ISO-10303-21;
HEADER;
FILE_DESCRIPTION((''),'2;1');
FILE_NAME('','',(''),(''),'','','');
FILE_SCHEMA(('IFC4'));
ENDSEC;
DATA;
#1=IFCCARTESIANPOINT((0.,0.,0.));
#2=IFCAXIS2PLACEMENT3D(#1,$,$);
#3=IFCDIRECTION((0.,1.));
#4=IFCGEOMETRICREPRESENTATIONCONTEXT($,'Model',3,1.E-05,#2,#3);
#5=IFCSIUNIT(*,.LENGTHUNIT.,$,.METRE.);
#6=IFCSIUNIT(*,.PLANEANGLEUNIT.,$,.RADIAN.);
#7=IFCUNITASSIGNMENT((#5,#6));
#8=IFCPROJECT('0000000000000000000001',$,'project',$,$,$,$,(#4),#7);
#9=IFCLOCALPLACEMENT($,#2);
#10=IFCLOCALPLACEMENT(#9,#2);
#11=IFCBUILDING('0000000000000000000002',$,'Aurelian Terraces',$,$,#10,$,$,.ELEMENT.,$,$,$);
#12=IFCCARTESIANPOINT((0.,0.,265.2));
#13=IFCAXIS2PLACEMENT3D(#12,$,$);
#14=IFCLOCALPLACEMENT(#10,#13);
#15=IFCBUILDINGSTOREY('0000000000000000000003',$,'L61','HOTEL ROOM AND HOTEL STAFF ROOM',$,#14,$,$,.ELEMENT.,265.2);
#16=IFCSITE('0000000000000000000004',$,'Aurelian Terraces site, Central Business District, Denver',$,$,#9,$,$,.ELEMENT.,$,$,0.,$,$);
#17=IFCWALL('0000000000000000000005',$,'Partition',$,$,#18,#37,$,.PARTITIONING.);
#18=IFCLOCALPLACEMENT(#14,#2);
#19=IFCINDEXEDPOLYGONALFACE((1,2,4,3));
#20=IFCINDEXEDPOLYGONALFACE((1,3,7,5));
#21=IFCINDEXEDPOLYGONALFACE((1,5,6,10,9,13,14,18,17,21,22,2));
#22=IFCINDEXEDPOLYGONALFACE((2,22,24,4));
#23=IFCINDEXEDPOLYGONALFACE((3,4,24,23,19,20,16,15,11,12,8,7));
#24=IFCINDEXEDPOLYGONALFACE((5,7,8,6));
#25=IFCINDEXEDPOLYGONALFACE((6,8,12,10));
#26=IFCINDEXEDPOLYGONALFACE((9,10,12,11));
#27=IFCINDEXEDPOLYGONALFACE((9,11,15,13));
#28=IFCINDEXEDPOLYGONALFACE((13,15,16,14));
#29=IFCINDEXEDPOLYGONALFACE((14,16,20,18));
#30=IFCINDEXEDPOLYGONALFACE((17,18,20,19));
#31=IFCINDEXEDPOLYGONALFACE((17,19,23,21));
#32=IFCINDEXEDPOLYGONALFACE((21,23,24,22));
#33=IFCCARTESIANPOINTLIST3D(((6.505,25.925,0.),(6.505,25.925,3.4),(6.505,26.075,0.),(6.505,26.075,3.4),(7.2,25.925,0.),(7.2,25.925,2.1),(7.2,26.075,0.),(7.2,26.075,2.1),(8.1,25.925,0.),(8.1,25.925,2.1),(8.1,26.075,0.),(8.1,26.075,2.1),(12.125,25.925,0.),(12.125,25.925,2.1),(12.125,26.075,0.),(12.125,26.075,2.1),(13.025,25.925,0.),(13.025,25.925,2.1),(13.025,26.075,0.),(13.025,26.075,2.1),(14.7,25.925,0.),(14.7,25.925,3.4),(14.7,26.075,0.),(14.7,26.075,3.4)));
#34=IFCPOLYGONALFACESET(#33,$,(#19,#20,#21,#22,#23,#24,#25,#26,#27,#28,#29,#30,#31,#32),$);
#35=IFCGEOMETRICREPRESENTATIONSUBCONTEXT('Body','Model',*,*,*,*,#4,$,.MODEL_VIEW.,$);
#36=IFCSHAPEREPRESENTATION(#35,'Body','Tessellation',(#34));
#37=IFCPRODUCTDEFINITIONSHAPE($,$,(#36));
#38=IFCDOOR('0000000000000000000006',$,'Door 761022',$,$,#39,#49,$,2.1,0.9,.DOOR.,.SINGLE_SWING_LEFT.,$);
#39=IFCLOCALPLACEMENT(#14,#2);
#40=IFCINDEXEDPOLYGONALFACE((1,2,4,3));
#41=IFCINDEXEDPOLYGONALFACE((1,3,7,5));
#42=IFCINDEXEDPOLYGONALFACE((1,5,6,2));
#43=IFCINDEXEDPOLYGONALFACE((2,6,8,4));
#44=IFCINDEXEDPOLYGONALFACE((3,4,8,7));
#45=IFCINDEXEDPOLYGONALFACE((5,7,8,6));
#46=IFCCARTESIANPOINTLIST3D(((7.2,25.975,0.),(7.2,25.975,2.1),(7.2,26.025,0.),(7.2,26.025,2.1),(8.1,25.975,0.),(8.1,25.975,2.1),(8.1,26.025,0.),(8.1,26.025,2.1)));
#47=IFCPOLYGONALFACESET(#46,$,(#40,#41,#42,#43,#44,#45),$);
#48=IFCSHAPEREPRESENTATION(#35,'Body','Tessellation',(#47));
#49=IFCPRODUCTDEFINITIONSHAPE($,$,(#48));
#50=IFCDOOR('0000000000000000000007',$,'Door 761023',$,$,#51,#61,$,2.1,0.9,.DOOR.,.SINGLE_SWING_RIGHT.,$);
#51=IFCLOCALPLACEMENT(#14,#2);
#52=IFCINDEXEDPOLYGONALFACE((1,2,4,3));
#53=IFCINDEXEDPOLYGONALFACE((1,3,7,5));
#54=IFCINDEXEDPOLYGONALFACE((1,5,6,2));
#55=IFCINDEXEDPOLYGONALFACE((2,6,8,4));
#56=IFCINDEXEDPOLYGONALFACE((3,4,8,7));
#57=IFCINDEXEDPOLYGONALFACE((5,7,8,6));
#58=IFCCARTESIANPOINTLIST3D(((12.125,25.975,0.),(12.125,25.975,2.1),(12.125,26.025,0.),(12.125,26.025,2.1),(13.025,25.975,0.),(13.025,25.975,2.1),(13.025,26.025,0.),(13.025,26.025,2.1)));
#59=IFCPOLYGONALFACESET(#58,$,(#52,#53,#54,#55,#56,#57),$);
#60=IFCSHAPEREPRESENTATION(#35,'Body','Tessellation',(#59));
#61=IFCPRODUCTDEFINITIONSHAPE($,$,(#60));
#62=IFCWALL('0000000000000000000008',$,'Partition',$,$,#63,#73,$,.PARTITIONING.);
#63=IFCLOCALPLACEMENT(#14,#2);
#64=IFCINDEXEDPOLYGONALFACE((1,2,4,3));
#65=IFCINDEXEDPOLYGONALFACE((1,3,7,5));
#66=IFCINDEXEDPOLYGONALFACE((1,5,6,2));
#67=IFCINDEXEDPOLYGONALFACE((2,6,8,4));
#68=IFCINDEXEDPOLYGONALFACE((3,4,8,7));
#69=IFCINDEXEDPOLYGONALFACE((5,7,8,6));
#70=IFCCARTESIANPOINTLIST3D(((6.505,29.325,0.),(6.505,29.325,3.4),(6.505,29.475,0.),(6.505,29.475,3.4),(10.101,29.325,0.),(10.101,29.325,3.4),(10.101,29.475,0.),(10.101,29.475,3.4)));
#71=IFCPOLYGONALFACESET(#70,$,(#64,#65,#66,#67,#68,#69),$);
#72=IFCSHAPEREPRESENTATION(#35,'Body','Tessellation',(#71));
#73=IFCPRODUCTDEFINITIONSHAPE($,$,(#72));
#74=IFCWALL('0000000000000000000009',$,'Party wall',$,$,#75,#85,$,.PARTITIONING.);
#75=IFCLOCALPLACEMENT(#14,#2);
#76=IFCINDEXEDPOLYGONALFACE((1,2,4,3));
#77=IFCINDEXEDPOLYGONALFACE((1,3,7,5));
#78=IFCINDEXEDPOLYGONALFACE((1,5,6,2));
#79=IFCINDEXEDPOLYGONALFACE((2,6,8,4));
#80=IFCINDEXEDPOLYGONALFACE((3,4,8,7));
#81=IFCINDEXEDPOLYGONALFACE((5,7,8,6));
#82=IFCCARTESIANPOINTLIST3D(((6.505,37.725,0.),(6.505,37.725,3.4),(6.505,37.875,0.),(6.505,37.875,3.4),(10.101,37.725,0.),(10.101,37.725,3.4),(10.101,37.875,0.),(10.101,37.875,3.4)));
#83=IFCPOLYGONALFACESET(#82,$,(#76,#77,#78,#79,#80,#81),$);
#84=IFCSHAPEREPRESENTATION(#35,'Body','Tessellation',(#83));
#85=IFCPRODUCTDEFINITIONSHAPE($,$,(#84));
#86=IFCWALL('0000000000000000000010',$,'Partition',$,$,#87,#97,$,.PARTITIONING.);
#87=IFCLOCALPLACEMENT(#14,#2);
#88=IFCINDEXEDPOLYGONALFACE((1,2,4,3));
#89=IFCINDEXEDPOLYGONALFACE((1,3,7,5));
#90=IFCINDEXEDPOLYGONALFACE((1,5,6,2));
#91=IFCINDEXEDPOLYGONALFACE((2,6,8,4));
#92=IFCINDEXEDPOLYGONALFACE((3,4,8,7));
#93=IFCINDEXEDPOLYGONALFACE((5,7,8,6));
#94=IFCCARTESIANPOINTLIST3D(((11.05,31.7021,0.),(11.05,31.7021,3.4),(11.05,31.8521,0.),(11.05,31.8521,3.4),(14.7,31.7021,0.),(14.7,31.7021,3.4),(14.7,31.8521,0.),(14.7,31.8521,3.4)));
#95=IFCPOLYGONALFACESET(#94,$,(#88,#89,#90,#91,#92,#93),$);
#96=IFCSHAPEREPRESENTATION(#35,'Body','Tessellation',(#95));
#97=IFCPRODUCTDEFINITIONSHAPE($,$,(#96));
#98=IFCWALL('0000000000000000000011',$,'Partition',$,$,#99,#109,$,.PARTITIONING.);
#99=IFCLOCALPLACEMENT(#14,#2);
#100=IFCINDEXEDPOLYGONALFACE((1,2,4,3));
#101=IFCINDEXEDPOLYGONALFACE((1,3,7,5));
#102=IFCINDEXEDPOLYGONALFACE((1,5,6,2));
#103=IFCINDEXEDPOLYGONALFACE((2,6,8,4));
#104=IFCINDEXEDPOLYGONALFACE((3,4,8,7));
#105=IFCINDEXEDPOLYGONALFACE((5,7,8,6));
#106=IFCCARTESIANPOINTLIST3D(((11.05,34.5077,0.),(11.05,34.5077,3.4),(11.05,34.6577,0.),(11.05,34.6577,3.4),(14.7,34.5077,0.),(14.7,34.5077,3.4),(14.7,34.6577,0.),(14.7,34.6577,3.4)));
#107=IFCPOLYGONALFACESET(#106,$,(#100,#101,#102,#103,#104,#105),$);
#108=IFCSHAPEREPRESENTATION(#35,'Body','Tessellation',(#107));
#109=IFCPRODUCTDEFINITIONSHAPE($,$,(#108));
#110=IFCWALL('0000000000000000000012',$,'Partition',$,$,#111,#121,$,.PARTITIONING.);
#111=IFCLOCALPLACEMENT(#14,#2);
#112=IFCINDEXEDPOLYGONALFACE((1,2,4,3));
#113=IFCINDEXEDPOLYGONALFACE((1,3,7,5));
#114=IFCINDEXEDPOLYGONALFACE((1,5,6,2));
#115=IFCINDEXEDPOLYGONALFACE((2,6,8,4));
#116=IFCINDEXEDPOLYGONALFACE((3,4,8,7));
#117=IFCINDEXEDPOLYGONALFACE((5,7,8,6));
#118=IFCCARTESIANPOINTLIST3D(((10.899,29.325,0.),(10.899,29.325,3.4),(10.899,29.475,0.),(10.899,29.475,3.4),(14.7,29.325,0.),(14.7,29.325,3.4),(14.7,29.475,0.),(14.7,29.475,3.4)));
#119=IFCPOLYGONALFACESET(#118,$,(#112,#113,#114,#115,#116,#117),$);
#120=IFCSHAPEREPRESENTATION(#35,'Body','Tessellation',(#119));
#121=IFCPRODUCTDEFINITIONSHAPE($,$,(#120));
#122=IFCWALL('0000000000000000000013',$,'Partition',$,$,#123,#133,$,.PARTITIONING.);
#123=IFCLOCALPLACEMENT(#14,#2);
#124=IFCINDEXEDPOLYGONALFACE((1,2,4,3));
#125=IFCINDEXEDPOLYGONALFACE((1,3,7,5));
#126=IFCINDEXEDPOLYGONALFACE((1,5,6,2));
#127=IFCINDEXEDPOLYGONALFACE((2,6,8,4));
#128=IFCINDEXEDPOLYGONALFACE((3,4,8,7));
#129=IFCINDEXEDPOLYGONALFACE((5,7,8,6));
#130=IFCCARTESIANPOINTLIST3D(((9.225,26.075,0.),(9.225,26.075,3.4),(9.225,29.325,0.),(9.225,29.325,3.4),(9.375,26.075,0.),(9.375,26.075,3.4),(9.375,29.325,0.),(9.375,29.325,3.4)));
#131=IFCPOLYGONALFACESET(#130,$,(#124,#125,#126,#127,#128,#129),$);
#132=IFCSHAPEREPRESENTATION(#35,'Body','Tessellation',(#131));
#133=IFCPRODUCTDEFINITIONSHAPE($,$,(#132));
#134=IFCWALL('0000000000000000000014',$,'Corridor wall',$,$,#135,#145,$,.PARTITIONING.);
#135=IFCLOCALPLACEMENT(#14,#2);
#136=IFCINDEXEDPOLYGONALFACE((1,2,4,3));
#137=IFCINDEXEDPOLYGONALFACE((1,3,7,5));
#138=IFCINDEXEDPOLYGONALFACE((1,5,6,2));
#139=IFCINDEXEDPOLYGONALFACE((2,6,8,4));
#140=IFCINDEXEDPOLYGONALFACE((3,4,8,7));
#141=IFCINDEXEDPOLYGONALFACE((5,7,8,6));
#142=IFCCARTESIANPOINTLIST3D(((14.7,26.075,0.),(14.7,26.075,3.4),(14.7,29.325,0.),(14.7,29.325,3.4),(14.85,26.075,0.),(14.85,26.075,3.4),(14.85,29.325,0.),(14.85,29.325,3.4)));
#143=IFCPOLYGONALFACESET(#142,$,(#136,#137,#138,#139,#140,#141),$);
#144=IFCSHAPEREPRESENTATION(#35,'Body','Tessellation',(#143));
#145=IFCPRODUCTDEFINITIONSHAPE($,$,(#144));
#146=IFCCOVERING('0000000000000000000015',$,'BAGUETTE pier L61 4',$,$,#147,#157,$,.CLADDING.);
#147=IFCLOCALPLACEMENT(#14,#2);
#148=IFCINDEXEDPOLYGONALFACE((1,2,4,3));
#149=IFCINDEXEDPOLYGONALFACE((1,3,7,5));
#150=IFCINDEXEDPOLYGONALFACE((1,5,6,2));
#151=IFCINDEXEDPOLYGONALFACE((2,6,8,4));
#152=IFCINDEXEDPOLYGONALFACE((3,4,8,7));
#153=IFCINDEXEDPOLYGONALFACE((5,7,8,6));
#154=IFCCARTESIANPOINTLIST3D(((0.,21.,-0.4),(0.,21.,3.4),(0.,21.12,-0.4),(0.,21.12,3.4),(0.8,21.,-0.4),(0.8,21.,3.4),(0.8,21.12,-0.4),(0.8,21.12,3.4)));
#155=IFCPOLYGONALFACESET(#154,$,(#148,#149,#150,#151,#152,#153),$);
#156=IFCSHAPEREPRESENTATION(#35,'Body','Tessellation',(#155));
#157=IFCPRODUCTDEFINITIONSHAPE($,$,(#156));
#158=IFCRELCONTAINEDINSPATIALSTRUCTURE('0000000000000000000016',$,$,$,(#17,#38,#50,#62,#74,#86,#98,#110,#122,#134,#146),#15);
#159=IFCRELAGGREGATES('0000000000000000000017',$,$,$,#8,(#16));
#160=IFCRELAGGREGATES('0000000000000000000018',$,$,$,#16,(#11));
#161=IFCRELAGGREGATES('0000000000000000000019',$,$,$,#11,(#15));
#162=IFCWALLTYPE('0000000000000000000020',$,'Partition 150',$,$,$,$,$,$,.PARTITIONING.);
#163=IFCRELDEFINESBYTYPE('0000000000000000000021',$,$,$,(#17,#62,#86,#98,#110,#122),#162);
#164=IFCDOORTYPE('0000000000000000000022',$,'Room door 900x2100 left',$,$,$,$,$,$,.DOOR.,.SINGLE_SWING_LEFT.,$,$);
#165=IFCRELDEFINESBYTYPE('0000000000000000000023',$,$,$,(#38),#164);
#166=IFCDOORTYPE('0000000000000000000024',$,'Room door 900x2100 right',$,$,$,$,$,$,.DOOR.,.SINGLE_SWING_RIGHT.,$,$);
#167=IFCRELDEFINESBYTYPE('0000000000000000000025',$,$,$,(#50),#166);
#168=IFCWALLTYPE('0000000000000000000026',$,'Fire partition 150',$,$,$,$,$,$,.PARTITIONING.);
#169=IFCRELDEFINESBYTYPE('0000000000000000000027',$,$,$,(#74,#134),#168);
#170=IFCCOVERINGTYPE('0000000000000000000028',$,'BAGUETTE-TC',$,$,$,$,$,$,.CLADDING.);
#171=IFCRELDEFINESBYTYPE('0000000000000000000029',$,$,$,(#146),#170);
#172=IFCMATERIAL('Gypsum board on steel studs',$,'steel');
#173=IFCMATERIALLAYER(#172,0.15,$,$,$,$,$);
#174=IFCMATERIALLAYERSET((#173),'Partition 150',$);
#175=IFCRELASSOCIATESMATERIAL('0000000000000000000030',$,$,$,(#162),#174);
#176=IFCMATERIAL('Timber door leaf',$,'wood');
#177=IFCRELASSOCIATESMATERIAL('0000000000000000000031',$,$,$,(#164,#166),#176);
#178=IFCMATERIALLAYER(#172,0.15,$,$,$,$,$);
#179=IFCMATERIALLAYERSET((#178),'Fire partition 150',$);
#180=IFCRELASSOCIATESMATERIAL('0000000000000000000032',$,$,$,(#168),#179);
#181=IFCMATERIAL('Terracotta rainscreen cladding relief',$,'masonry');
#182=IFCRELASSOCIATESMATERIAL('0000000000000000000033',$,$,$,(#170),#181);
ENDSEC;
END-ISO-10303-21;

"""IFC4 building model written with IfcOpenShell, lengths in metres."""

from ifc_helpers import new_model, si_unit, direction, frame, frame_2d, origin, origin_2d, place, context, subcontext, project, spatial, rectangle, extrude, source, transform, mapped, material, layer, layer_set, type_object, element, fill, save


model = new_model("IFC4")

# Units and contexts
model_context = context("Model", 3, precision=1e-05, world=origin(), true_north=direction((0.0, 1.0)))
body_context = subcontext(model_context, "Body", "Model", "MODEL_VIEW")
ifc_project = project(units=[si_unit("LENGTHUNIT", "METRE"), si_unit("PLANEANGLEUNIT", "RADIAN")], contexts=[model_context])

# Site, building, storey
site_placement = place(None, origin())
site = spatial("IfcSite", under=ifc_project, at=site_placement, Name="Aurelian Terraces site, Central Business District, Denver", CompositionType="ELEMENT", RefElevation=0.0)
building_placement = place(site_placement, origin())
building = spatial("IfcBuilding", under=site, at=building_placement, Name="Aurelian Terraces", CompositionType="ELEMENT")
storey_placement = place(building_placement, frame((0.0, 0.0, 265.2)))
storey = spatial("IfcBuildingStorey", under=building, at=storey_placement, Name="L61", Description="HOTEL ROOM AND HOTEL STAFF ROOM", CompositionType="ELEMENT", Elevation=265.2)

# Shared definitions
ifc_material_1 = material(Name="Gypsum board on steel studs", Category="steel")
ifc_layer_1 = layer(ifc_material_1, 0.15)
ifc_layer_set_1 = layer_set([ifc_layer_1], Name="Partition 150")
wall_type_1 = type_object("IfcWallType", Name="Partition 150", PredefinedType="PARTITIONING", material=ifc_layer_set_1)
shared_shape_1 = source(origin(), body_context, "Body", "SweptSolid", [
    extrude(rectangle(XDim=0.9, YDim=2.1, at=frame_2d((0.45, 1.05))), frame((0.0, 0.085, 0.0), z_axis=(0.0, -1.0, 0.0), x_axis=(1.0, 0.0, 0.0)), (0.0, 0.0, 1.0), 0.17),
])
ifc_material_2 = material(Name="Timber door leaf", Category="wood")
door_type_1 = type_object("IfcDoorType", Name="Room door 900x2100 left", OperationType="SINGLE_SWING_LEFT", PredefinedType="DOOR", material=ifc_material_2)
shared_shape_2 = source(origin(), body_context, "Body", "SweptSolid", [
    extrude(rectangle(XDim=0.9, YDim=2.1, at=frame_2d((0.45, 1.05))), frame((0.0, 0.025, 0.0), z_axis=(0.0, -1.0, 0.0), x_axis=(1.0, 0.0, 0.0)), (0.0, 0.0, 1.0), 0.05),
])
door_type_2 = type_object("IfcDoorType", Name="Room door 900x2100 right", OperationType="SINGLE_SWING_RIGHT", PredefinedType="DOOR", material=ifc_material_2)

# Shared definitions
ifc_layer_2 = layer(ifc_material_1, 0.15)
ifc_layer_set_2 = layer_set([ifc_layer_2], Name="Fire partition 150")
wall_type_2 = type_object("IfcWallType", Name="Fire partition 150", PredefinedType="PARTITIONING", material=ifc_layer_set_2)

# Wall, openings, doors
shared_shape_3 = source(origin(), body_context, "Body", "SweptSolid", [
    extrude(rectangle(XDim=8.195, YDim=0.15, at=frame_2d((4.0975, 0.0))), origin(), (0.0, 0.0, 1.0), 3.4),
])
wall_1_placement = place(storey_placement, frame((6.505, 26.0, 0.0), z_axis=(0.0, 0.0, 1.0), x_axis=(1.0, 0.0, 0.0)))
wall_1 = element("IfcWall", 1, at=wall_1_placement, inside=storey, type_object=wall_type_1, Name="Partition", PredefinedType="PARTITIONING", context=body_context, shape_type="MappedRepresentation", body=[
    mapped(shared_shape_3, transform((0.0, 0.0, 0.0), scale=1.0)),
])
opening_1_placement = place(wall_1_placement, frame((0.695, 0.0, 0.0)))
opening_1 = element("IfcOpeningElement", 2, at=opening_1_placement, cuts=wall_1, PredefinedType="OPENING", context=body_context, shape_type="MappedRepresentation", body=[
    mapped(shared_shape_1, transform((0.0, 0.0, 0.0), scale=1.0)),
])
opening_2_placement = place(wall_1_placement, frame((5.62, 0.0, 0.0)))
opening_2 = element("IfcOpeningElement", 3, at=opening_2_placement, cuts=wall_1, PredefinedType="OPENING", context=body_context, shape_type="MappedRepresentation", body=[
    mapped(shared_shape_1, transform((0.0, 0.0, 0.0), scale=1.0)),
])
door_1_placement = place(opening_1_placement, origin())
door_1 = element("IfcDoor", 4, at=door_1_placement, inside=storey, type_object=door_type_1, Name="Door 761022", OperationType="SINGLE_SWING_LEFT", OverallHeight=2.1, OverallWidth=0.9, PredefinedType="DOOR", context=body_context, shape_type="MappedRepresentation", body=[
    mapped(shared_shape_2, transform((0.0, 0.0, 0.0), scale=1.0)),
])
fill(opening_1, door_1)
door_2_placement = place(opening_2_placement, origin())
door_2 = element("IfcDoor", 5, at=door_2_placement, inside=storey, type_object=door_type_2, Name="Door 761023", OperationType="SINGLE_SWING_RIGHT", OverallHeight=2.1, OverallWidth=0.9, PredefinedType="DOOR", context=body_context, shape_type="MappedRepresentation", body=[
    mapped(shared_shape_2, transform((0.0, 0.0, 0.0), scale=1.0)),
])
fill(opening_2, door_2)

# Walls
shared_shape_4 = source(origin(), body_context, "Body", "SweptSolid", [
    extrude(rectangle(XDim=3.596, YDim=0.15, at=frame_2d((1.798, 0.0))), origin(), (0.0, 0.0, 1.0), 3.4),
])
wall_2_placement = place(storey_placement, frame((10.101, 29.4, 0.0), z_axis=(0.0, 0.0, 1.0), x_axis=(-1.0, 0.0, 0.0)))
element("IfcWall", 6, at=wall_2_placement, inside=storey, type_object=wall_type_1, Name="Partition", PredefinedType="PARTITIONING", context=body_context, shape_type="MappedRepresentation", body=[
    mapped(shared_shape_4, transform((0.0, 0.0, 0.0), scale=1.0)),
])
wall_3_placement = place(storey_placement, frame((10.101, 37.8, 0.0), z_axis=(0.0, 0.0, 1.0), x_axis=(-1.0, 0.0, 0.0)))
element("IfcWall", 7, at=wall_3_placement, inside=storey, type_object=wall_type_2, Name="Party wall", PredefinedType="PARTITIONING", context=body_context, shape_type="MappedRepresentation", body=[
    mapped(shared_shape_4, transform((0.0, 0.0, 0.0), scale=1.0)),
])
shared_shape_5 = source(origin(), body_context, "Body", "SweptSolid", [
    extrude(rectangle(XDim=3.65, YDim=0.15, at=frame_2d((1.825, 0.0))), origin(), (0.0, 0.0, 1.0), 3.4),
])
for number, where, z_axis, x_axis, name in (
    (8, (14.7, 31.7771, 0.0), (0.0, 0.0, 1.0), (-1.0, 0.0, 0.0), "Partition"),
    (9, (14.7, 34.5827, 0.0), (0.0, 0.0, 1.0), (-1.0, 0.0, 0.0), "Partition"),
):
    element("IfcWall", number, at=place(storey_placement, frame(where, z_axis=z_axis, x_axis=x_axis)), inside=storey, type_object=wall_type_1, Name=name, PredefinedType="PARTITIONING", context=body_context, shape_type="MappedRepresentation", body=[
        mapped(shared_shape_5, transform((0.0, 0.0, 0.0), scale=1.0)),
    ])
shared_shape_6 = source(origin(), body_context, "Body", "SweptSolid", [
    extrude(rectangle(XDim=3.801, YDim=0.15, at=frame_2d((1.9005, 0.0))), origin(), (0.0, 0.0, 1.0), 3.4),
])
wall_4_placement = place(storey_placement, frame((14.7, 29.4, 0.0), z_axis=(0.0, 0.0, 1.0), x_axis=(-1.0, 0.0, 0.0)))
element("IfcWall", 10, at=wall_4_placement, inside=storey, type_object=wall_type_1, Name="Partition", PredefinedType="PARTITIONING", context=body_context, shape_type="MappedRepresentation", body=[
    mapped(shared_shape_6, transform((0.0, 0.0, 0.0), scale=1.0)),
])
shared_shape_7 = source(origin(), body_context, "Body", "SweptSolid", [
    extrude(rectangle(XDim=3.25, YDim=0.15, at=frame_2d((1.625, 0.0))), origin(), (0.0, 0.0, 1.0), 3.4),
])
wall_5_placement = place(storey_placement, frame((9.3, 26.075, 0.0), z_axis=(0.0, 0.0, 1.0), x_axis=(0.0, 1.0, 0.0)))
element("IfcWall", 11, at=wall_5_placement, inside=storey, type_object=wall_type_1, Name="Partition", PredefinedType="PARTITIONING", context=body_context, shape_type="MappedRepresentation", body=[
    mapped(shared_shape_7, transform((0.0, 0.0, 0.0), scale=1.0)),
])
wall_6_placement = place(storey_placement, frame((14.775, 26.075, 0.0), z_axis=(0.0, 0.0, 1.0), x_axis=(0.0, 1.0, 0.0)))
element("IfcWall", 12, at=wall_6_placement, inside=storey, type_object=wall_type_2, Name="Corridor wall", PredefinedType="PARTITIONING", context=body_context, shape_type="MappedRepresentation", body=[
    mapped(shared_shape_7, transform((0.0, 0.0, 0.0), scale=1.0)),
])

# Covering
ifc_material_3 = material(Name="Terracotta rainscreen cladding relief", Category="masonry")
covering_type = type_object("IfcCoveringType", Name="BAGUETTE-TC", PredefinedType="CLADDING", material=ifc_material_3)
shared_shape_8 = source(origin(), body_context, "Body", "SweptSolid", [
    extrude(rectangle(XDim=0.8, YDim=0.12, at=origin_2d()), origin(), (0.0, 0.0, 1.0), 3.8),
])
covering_placement = place(storey_placement, frame((0.4, 21.06, -0.4), z_axis=(0.0, 0.0, 1.0), x_axis=(1.0, 0.0, 0.0)))
element("IfcCovering", 13, at=covering_placement, inside=storey, type_object=covering_type, Name="BAGUETTE pier L61 4", PredefinedType="CLADDING", context=body_context, shape_type="MappedRepresentation", body=[
    mapped(shared_shape_8, transform((0.0, 0.0, 0.0), scale=1.0)),
])

save(model, "model.ifc")
